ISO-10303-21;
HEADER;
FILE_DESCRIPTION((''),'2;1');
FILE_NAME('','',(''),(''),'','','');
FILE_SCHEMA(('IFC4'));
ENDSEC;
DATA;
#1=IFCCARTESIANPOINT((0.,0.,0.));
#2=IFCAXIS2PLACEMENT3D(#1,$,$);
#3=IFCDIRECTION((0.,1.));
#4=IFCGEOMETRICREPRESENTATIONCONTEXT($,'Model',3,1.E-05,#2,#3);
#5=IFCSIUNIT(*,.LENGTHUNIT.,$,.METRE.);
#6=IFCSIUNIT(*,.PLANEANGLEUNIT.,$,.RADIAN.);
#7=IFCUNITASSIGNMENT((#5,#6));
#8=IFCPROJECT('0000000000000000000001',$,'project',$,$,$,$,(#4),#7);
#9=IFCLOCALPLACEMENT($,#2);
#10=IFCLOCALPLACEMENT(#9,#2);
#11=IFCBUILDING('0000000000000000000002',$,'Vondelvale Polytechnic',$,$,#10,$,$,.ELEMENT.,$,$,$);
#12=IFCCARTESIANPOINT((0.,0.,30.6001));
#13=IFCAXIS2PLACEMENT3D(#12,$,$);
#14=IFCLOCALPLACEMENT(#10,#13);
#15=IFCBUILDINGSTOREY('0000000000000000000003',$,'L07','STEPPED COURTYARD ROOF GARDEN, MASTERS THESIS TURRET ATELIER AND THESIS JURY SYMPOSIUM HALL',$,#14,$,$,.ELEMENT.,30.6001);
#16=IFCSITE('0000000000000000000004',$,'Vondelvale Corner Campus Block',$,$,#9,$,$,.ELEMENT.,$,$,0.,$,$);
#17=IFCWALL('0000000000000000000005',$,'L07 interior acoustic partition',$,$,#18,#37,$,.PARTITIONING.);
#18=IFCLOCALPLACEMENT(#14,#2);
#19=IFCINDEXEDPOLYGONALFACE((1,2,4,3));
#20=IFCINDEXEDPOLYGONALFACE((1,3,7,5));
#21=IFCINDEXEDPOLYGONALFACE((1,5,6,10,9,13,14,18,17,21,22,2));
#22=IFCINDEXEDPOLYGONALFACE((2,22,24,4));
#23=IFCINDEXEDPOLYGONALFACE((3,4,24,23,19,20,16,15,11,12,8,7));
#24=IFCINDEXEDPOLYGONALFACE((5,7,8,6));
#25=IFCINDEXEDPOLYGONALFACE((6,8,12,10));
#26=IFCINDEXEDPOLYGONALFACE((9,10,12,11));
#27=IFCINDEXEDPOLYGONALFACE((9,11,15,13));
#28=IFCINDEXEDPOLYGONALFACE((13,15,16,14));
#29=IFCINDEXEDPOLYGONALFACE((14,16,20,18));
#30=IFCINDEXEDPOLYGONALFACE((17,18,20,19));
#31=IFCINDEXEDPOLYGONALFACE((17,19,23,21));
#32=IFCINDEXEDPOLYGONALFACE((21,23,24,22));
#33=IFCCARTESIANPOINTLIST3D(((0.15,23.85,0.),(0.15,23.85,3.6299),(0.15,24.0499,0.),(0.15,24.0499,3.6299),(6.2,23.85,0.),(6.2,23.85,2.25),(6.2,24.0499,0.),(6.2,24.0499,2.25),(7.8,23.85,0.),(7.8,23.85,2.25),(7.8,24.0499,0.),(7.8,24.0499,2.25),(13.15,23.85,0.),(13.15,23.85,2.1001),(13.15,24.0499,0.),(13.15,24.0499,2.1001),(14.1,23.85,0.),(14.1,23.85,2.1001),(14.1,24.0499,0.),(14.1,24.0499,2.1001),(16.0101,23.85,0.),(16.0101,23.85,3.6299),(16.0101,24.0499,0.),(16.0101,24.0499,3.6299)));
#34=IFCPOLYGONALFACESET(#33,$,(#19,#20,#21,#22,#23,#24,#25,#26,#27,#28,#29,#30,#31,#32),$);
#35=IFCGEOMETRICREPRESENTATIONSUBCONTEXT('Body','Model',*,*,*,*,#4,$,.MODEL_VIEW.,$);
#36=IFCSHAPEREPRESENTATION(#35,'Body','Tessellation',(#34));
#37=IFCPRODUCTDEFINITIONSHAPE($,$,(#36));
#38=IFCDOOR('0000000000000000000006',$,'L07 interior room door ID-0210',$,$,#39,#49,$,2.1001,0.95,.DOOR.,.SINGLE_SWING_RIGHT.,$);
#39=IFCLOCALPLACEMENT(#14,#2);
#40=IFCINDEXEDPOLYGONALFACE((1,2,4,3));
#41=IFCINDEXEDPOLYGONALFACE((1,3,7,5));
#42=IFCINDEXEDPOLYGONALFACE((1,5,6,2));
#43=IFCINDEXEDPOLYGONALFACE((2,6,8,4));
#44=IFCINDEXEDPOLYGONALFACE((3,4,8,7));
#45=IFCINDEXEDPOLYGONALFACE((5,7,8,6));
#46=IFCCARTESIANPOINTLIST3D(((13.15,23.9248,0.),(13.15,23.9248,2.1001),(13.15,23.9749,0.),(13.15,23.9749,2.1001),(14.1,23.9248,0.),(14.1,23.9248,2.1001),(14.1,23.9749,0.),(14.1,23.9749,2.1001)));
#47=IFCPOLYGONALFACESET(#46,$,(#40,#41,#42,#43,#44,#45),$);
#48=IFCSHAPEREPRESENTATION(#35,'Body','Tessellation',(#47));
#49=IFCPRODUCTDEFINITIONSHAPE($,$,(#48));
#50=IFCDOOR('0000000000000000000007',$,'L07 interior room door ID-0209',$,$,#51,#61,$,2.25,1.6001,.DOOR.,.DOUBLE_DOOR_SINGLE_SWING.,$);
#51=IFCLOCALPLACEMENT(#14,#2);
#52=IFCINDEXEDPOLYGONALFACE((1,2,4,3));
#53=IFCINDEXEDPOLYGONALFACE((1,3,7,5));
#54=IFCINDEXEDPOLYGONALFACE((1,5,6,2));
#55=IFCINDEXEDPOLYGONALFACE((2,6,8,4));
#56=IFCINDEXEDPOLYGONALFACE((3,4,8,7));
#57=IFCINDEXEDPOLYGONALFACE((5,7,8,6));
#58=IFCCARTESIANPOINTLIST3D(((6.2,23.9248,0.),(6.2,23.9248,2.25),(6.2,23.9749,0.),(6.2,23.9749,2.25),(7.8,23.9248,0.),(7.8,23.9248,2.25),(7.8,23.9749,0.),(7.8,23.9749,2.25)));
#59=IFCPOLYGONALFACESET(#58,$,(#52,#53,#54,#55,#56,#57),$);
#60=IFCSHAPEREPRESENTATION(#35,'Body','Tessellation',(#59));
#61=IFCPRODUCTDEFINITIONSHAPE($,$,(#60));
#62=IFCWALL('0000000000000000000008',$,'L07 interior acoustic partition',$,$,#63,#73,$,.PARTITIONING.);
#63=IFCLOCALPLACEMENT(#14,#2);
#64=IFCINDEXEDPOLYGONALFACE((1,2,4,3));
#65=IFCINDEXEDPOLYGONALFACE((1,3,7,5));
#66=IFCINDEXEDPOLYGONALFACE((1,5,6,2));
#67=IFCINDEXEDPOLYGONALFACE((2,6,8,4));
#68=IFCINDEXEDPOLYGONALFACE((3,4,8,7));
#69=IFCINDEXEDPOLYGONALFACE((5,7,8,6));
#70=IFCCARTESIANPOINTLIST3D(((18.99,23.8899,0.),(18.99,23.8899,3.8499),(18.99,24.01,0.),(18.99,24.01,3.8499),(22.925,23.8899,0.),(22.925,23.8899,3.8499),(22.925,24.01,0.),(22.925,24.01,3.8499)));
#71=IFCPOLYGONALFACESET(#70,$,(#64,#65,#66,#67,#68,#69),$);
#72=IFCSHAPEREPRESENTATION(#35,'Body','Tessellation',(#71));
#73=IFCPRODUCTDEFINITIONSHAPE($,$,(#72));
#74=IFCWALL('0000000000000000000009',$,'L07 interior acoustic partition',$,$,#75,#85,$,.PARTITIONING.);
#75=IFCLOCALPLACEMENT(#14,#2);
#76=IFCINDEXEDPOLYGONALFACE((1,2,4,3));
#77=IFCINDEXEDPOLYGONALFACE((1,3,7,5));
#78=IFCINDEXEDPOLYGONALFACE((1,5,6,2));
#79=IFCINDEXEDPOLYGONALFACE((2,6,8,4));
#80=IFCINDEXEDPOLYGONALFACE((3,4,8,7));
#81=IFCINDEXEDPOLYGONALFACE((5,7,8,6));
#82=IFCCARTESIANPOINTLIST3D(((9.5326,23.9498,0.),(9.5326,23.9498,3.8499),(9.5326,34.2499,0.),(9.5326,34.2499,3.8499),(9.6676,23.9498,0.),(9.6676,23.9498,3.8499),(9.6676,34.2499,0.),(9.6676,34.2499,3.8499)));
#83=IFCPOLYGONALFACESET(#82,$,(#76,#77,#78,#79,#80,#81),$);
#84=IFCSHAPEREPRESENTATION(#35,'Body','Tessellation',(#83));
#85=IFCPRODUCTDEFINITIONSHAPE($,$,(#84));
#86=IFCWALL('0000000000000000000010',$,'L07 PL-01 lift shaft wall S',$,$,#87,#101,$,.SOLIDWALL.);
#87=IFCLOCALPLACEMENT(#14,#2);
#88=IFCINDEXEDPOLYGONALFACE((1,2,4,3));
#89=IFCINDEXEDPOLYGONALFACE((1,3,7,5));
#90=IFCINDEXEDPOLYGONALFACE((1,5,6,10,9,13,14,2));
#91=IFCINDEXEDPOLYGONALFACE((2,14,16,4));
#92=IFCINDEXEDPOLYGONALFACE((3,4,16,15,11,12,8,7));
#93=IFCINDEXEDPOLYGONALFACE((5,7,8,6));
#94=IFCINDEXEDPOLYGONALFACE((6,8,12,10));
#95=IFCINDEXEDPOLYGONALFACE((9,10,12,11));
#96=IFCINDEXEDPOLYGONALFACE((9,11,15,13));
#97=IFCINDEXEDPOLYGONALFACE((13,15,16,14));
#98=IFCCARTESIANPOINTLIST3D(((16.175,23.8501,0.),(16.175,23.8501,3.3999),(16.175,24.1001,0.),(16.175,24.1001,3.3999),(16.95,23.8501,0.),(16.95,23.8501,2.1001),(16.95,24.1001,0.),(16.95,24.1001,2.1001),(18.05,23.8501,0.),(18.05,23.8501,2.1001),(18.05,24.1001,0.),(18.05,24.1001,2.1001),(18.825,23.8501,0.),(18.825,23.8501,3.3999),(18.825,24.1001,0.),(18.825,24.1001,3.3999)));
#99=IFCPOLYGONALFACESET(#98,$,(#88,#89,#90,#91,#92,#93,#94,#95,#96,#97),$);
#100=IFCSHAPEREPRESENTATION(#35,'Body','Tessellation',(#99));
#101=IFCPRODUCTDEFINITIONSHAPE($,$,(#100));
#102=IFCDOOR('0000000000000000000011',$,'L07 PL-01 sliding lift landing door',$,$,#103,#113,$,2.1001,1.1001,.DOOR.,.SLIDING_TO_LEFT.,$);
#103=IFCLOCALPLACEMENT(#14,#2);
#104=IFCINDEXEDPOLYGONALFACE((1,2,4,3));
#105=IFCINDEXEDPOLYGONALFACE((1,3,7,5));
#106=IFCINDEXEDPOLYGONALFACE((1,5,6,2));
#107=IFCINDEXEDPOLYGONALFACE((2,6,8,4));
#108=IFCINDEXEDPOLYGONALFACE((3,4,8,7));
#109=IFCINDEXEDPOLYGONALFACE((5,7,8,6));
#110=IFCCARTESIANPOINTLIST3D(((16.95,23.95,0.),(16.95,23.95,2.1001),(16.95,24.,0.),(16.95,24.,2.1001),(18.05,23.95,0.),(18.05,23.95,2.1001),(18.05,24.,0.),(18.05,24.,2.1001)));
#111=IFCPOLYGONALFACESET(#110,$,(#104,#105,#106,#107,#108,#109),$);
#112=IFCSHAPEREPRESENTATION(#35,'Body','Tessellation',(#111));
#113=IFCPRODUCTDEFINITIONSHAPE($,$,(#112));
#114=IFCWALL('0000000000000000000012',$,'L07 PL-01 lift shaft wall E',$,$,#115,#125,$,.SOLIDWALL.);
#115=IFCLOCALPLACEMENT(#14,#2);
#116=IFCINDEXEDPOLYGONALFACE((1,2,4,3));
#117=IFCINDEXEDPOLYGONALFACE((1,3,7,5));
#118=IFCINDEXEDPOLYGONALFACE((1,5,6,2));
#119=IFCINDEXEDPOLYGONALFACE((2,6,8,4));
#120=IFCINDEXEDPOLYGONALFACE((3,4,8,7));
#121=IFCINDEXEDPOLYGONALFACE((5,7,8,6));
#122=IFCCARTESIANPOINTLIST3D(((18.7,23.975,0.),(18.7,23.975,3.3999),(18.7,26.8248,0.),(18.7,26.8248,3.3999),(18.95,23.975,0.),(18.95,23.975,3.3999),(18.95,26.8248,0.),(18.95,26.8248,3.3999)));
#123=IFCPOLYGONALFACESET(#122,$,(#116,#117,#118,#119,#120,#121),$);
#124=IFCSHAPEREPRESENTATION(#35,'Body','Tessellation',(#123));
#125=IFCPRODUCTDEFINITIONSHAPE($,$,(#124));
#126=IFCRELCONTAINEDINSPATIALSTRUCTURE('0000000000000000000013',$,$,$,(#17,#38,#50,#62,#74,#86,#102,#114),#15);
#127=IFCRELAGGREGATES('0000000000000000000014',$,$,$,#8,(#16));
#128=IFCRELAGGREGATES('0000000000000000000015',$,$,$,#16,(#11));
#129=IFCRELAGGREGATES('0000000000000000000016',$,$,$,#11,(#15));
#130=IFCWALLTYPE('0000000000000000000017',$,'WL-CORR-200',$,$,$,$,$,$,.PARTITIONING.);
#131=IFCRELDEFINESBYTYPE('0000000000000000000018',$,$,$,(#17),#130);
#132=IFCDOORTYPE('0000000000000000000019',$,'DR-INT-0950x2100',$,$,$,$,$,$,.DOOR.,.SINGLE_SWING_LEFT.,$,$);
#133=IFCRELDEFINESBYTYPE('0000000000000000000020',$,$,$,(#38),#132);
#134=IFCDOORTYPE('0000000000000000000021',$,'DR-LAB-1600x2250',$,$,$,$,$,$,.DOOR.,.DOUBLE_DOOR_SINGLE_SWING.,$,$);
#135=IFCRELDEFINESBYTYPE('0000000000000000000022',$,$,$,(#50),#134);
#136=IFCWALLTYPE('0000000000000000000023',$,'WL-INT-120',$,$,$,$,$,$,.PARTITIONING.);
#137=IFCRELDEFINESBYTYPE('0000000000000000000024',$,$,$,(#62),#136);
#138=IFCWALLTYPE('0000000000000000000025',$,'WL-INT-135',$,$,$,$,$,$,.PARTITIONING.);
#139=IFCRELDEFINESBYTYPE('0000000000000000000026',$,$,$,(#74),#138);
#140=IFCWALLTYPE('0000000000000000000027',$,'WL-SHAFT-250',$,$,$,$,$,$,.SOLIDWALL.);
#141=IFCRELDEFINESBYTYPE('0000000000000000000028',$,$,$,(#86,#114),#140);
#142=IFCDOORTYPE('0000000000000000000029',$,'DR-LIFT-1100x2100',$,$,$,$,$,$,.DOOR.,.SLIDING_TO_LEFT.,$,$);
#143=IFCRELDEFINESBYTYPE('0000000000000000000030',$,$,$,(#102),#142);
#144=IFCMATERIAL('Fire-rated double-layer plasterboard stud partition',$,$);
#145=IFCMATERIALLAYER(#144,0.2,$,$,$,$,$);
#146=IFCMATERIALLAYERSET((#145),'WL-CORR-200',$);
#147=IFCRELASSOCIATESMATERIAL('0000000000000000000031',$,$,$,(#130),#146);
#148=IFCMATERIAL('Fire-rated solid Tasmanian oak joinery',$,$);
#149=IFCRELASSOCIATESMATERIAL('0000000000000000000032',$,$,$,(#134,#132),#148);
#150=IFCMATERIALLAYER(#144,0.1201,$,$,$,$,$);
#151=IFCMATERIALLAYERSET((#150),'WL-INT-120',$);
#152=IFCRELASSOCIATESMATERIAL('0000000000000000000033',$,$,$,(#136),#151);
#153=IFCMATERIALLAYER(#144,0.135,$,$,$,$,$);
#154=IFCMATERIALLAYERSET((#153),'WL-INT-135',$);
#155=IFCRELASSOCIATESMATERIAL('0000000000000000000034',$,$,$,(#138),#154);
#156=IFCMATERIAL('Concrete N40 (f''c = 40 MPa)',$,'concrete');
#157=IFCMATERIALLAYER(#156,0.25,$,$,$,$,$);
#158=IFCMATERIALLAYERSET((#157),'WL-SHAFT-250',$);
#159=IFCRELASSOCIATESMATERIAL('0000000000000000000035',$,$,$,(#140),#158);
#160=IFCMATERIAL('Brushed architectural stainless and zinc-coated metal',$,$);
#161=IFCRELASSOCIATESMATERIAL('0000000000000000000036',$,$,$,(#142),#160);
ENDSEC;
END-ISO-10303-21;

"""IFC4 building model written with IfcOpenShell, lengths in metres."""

from ifc_helpers import new_model, si_unit, direction, frame, frame_2d, origin, place, context, subcontext, project, spatial, rectangle, extrude, material, layer, layer_set, type_object, element, fill, save


model = new_model("IFC4")

# Units and contexts
model_context = context("Model", 3, precision=1e-05, world=origin(), true_north=direction((0.0, 1.0)))
body_context = subcontext(model_context, "Body", "Model", "MODEL_VIEW")
ifc_project = project(units=[si_unit("LENGTHUNIT", "METRE"), si_unit("PLANEANGLEUNIT", "RADIAN")], contexts=[model_context])

# Site, building, storey
site_placement = place(None, origin())
site = spatial("IfcSite", under=ifc_project, at=site_placement, Name="Vondelvale Corner Campus Block", CompositionType="ELEMENT", RefElevation=0.0)
building_placement = place(site_placement, origin())
building = spatial("IfcBuilding", under=site, at=building_placement, Name="Vondelvale Polytechnic", CompositionType="ELEMENT")
storey_placement = place(building_placement, frame((0.0, 0.0, 30.6001)))
storey = spatial("IfcBuildingStorey", under=building, at=storey_placement, Name="L07", Description="STEPPED COURTYARD ROOF GARDEN, MASTERS THESIS TURRET ATELIER AND THESIS JURY SYMPOSIUM HALL", CompositionType="ELEMENT", Elevation=30.6001)

# Shared definitions
ifc_material_1 = material(Name="Concrete N40 (f'c = 40 MPa)", Category="concrete")

# Shared definitions
ifc_material_2 = material(Name="Brushed architectural stainless and zinc-coated metal")
ifc_material_3 = material(Name="Fire-rated double-layer plasterboard stud partition")
ifc_layer_1 = layer(ifc_material_3, 0.2)
ifc_layer_set_1 = layer_set([ifc_layer_1], Name="WL-CORR-200")
wall_type_1 = type_object("IfcWallType", Name="WL-CORR-200", PredefinedType="PARTITIONING", material=ifc_layer_set_1)
ifc_material_4 = material(Name="Fire-rated solid Tasmanian oak joinery")
door_type_1 = type_object("IfcDoorType", Name="DR-LAB-1600x2250", OperationType="DOUBLE_DOOR_SINGLE_SWING", PredefinedType="DOOR", material=ifc_material_4)
door_type_2 = type_object("IfcDoorType", Name="DR-INT-0950x2100", OperationType="SINGLE_SWING_LEFT", PredefinedType="DOOR", material=ifc_material_4)

# Wall, openings, doors
wall_1_placement = place(storey_placement, frame((0.1499, 23.95, 0.0), z_axis=(0.0, 0.0, 1.0), x_axis=(1.0, 0.0, 0.0)))
wall_1 = element("IfcWall", 1, at=wall_1_placement, inside=storey, type_object=wall_type_1, Name="L07 interior acoustic partition", PredefinedType="PARTITIONING", context=body_context, shape_type="SweptSolid", body=[
    extrude(rectangle(XDim=15.8601, YDim=0.2, at=frame_2d((7.9302, 0.0))), origin(), (0.0, 0.0, 1.0), 3.6299),
])
opening_1_placement = place(wall_1_placement, frame((6.05, 0.0, 0.0)))
opening_1 = element("IfcOpeningElement", 2, at=opening_1_placement, cuts=wall_1, PredefinedType="OPENING", context=body_context, shape_type="SweptSolid", body=[
    extrude(rectangle(XDim=1.6001, YDim=2.25, at=frame_2d((0.8, 1.125))), frame((0.0, 0.1099, 0.0), z_axis=(0.0, -1.0, 0.0), x_axis=(1.0, 0.0, 0.0)), (0.0, 0.0, 1.0), 0.22),
])
opening_2_placement = place(wall_1_placement, frame((13.0, 0.0, 0.0)))
opening_2 = element("IfcOpeningElement", 3, at=opening_2_placement, cuts=wall_1, PredefinedType="OPENING", context=body_context, shape_type="SweptSolid", body=[
    extrude(rectangle(XDim=0.95, YDim=2.1001, at=frame_2d((0.4751, 1.05))), frame((0.0, 0.1099, 0.0), z_axis=(0.0, -1.0, 0.0), x_axis=(1.0, 0.0, 0.0)), (0.0, 0.0, 1.0), 0.22),
])
door_1_placement = place(opening_2_placement, origin())
door_1 = element("IfcDoor", 4, at=door_1_placement, inside=storey, type_object=door_type_2, Name="L07 interior room door ID-0210", OperationType="SINGLE_SWING_RIGHT", OverallHeight=2.1001, OverallWidth=0.95, PredefinedType="DOOR", context=body_context, shape_type="SweptSolid", body=[
    extrude(rectangle(XDim=0.95, YDim=2.1001, at=frame_2d((0.4751, 1.05))), frame((0.0, 0.0249, 0.0), z_axis=(0.0, -1.0, 0.0), x_axis=(1.0, 0.0, 0.0)), (0.0, 0.0, 1.0), 0.05),
])
fill(opening_2, door_1)
door_2_placement = place(opening_1_placement, origin())
door_2 = element("IfcDoor", 5, at=door_2_placement, inside=storey, type_object=door_type_1, Name="L07 interior room door ID-0209", OperationType="DOUBLE_DOOR_SINGLE_SWING", OverallHeight=2.25, OverallWidth=1.6001, PredefinedType="DOOR", context=body_context, shape_type="SweptSolid", body=[
    extrude(rectangle(XDim=1.6001, YDim=2.25, at=frame_2d((0.8, 1.125))), frame((0.0, 0.0249, 0.0), z_axis=(0.0, -1.0, 0.0), x_axis=(1.0, 0.0, 0.0)), (0.0, 0.0, 1.0), 0.05),
])
fill(opening_1, door_2)

# Walls
ifc_layer_2 = layer(ifc_material_3, 0.1201)
ifc_layer_set_2 = layer_set([ifc_layer_2], Name="WL-INT-120")
wall_type_2 = type_object("IfcWallType", Name="WL-INT-120", PredefinedType="PARTITIONING", material=ifc_layer_set_2)
wall_2_placement = place(storey_placement, frame((18.99, 23.95, 0.0), z_axis=(0.0, 0.0, 1.0), x_axis=(1.0, 0.0, 0.0)))
element("IfcWall", 6, at=wall_2_placement, inside=storey, type_object=wall_type_2, Name="L07 interior acoustic partition", PredefinedType="PARTITIONING", context=body_context, shape_type="SweptSolid", body=[
    extrude(rectangle(XDim=3.9351, YDim=0.1201, at=frame_2d((1.9675, 0.0))), origin(), (0.0, 0.0, 1.0), 3.8499),
])
ifc_layer_3 = layer(ifc_material_3, 0.135)
ifc_layer_set_3 = layer_set([ifc_layer_3], Name="WL-INT-135")
wall_type_3 = type_object("IfcWallType", Name="WL-INT-135", PredefinedType="PARTITIONING", material=ifc_layer_set_3)
wall_3_placement = place(storey_placement, frame((9.6001, 23.95, 0.0), z_axis=(0.0, 0.0, 1.0), x_axis=(0.0, 1.0, 0.0)))
element("IfcWall", 7, at=wall_3_placement, inside=storey, type_object=wall_type_3, Name="L07 interior acoustic partition", PredefinedType="PARTITIONING", context=body_context, shape_type="SweptSolid", body=[
    extrude(rectangle(XDim=10.3, YDim=0.135, at=frame_2d((5.1499, 0.0))), origin(), (0.0, 0.0, 1.0), 3.8499),
])

# Wall, opening, door
ifc_layer_4 = layer(ifc_material_1, 0.25)
ifc_layer_set_4 = layer_set([ifc_layer_4], Name="WL-SHAFT-250")
wall_type_4 = type_object("IfcWallType", Name="WL-SHAFT-250", PredefinedType="SOLIDWALL", material=ifc_layer_set_4)
wall_4_placement = place(storey_placement, frame((16.175, 23.9751, 0.0), z_axis=(0.0, 0.0, 1.0), x_axis=(1.0, 0.0, 0.0)))
wall_4 = element("IfcWall", 8, at=wall_4_placement, inside=storey, type_object=wall_type_4, Name="L07 PL-01 lift shaft wall S", PredefinedType="SOLIDWALL", context=body_context, shape_type="SweptSolid", body=[
    extrude(rectangle(XDim=2.6499, YDim=0.25, at=frame_2d((1.325, 0.0))), origin(), (0.0, 0.0, 1.0), 3.3999),
])
opening_3_placement = place(wall_4_placement, frame((0.7749, 0.0, 0.0)))
opening_3 = element("IfcOpeningElement", 9, at=opening_3_placement, cuts=wall_4, PredefinedType="OPENING", context=body_context, shape_type="SweptSolid", body=[
    extrude(rectangle(XDim=1.1001, YDim=2.1001, at=frame_2d((0.55, 1.05))), frame((0.0, 0.135, 0.0), z_axis=(0.0, -1.0, 0.0), x_axis=(1.0, 0.0, 0.0)), (0.0, 0.0, 1.0), 0.27),
])
door_type_3 = type_object("IfcDoorType", Name="DR-LIFT-1100x2100", OperationType="SLIDING_TO_LEFT", PredefinedType="DOOR", material=ifc_material_2)
door_3_placement = place(opening_3_placement, origin())
door_3 = element("IfcDoor", 10, at=door_3_placement, inside=storey, type_object=door_type_3, Name="L07 PL-01 sliding lift landing door", OperationType="SLIDING_TO_LEFT", OverallHeight=2.1001, OverallWidth=1.1001, PredefinedType="DOOR", context=body_context, shape_type="SweptSolid", body=[
    extrude(rectangle(XDim=1.1001, YDim=2.1001, at=frame_2d((0.55, 1.05))), frame((0.0, 0.0249, 0.0), z_axis=(0.0, -1.0, 0.0), x_axis=(1.0, 0.0, 0.0)), (0.0, 0.0, 1.0), 0.05),
])
fill(opening_3, door_3)

# Wall
wall_5_placement = place(storey_placement, frame((18.825, 23.9751, 0.0), z_axis=(0.0, 0.0, 1.0), x_axis=(0.0, 1.0, 0.0)))
element("IfcWall", 11, at=wall_5_placement, inside=storey, type_object=wall_type_4, Name="L07 PL-01 lift shaft wall E", PredefinedType="SOLIDWALL", context=body_context, shape_type="SweptSolid", body=[
    extrude(rectangle(XDim=2.8499, YDim=0.25, at=frame_2d((1.4248, 0.0))), origin(), (0.0, 0.0, 1.0), 3.3999),
])

save(model, "model.ifc")
